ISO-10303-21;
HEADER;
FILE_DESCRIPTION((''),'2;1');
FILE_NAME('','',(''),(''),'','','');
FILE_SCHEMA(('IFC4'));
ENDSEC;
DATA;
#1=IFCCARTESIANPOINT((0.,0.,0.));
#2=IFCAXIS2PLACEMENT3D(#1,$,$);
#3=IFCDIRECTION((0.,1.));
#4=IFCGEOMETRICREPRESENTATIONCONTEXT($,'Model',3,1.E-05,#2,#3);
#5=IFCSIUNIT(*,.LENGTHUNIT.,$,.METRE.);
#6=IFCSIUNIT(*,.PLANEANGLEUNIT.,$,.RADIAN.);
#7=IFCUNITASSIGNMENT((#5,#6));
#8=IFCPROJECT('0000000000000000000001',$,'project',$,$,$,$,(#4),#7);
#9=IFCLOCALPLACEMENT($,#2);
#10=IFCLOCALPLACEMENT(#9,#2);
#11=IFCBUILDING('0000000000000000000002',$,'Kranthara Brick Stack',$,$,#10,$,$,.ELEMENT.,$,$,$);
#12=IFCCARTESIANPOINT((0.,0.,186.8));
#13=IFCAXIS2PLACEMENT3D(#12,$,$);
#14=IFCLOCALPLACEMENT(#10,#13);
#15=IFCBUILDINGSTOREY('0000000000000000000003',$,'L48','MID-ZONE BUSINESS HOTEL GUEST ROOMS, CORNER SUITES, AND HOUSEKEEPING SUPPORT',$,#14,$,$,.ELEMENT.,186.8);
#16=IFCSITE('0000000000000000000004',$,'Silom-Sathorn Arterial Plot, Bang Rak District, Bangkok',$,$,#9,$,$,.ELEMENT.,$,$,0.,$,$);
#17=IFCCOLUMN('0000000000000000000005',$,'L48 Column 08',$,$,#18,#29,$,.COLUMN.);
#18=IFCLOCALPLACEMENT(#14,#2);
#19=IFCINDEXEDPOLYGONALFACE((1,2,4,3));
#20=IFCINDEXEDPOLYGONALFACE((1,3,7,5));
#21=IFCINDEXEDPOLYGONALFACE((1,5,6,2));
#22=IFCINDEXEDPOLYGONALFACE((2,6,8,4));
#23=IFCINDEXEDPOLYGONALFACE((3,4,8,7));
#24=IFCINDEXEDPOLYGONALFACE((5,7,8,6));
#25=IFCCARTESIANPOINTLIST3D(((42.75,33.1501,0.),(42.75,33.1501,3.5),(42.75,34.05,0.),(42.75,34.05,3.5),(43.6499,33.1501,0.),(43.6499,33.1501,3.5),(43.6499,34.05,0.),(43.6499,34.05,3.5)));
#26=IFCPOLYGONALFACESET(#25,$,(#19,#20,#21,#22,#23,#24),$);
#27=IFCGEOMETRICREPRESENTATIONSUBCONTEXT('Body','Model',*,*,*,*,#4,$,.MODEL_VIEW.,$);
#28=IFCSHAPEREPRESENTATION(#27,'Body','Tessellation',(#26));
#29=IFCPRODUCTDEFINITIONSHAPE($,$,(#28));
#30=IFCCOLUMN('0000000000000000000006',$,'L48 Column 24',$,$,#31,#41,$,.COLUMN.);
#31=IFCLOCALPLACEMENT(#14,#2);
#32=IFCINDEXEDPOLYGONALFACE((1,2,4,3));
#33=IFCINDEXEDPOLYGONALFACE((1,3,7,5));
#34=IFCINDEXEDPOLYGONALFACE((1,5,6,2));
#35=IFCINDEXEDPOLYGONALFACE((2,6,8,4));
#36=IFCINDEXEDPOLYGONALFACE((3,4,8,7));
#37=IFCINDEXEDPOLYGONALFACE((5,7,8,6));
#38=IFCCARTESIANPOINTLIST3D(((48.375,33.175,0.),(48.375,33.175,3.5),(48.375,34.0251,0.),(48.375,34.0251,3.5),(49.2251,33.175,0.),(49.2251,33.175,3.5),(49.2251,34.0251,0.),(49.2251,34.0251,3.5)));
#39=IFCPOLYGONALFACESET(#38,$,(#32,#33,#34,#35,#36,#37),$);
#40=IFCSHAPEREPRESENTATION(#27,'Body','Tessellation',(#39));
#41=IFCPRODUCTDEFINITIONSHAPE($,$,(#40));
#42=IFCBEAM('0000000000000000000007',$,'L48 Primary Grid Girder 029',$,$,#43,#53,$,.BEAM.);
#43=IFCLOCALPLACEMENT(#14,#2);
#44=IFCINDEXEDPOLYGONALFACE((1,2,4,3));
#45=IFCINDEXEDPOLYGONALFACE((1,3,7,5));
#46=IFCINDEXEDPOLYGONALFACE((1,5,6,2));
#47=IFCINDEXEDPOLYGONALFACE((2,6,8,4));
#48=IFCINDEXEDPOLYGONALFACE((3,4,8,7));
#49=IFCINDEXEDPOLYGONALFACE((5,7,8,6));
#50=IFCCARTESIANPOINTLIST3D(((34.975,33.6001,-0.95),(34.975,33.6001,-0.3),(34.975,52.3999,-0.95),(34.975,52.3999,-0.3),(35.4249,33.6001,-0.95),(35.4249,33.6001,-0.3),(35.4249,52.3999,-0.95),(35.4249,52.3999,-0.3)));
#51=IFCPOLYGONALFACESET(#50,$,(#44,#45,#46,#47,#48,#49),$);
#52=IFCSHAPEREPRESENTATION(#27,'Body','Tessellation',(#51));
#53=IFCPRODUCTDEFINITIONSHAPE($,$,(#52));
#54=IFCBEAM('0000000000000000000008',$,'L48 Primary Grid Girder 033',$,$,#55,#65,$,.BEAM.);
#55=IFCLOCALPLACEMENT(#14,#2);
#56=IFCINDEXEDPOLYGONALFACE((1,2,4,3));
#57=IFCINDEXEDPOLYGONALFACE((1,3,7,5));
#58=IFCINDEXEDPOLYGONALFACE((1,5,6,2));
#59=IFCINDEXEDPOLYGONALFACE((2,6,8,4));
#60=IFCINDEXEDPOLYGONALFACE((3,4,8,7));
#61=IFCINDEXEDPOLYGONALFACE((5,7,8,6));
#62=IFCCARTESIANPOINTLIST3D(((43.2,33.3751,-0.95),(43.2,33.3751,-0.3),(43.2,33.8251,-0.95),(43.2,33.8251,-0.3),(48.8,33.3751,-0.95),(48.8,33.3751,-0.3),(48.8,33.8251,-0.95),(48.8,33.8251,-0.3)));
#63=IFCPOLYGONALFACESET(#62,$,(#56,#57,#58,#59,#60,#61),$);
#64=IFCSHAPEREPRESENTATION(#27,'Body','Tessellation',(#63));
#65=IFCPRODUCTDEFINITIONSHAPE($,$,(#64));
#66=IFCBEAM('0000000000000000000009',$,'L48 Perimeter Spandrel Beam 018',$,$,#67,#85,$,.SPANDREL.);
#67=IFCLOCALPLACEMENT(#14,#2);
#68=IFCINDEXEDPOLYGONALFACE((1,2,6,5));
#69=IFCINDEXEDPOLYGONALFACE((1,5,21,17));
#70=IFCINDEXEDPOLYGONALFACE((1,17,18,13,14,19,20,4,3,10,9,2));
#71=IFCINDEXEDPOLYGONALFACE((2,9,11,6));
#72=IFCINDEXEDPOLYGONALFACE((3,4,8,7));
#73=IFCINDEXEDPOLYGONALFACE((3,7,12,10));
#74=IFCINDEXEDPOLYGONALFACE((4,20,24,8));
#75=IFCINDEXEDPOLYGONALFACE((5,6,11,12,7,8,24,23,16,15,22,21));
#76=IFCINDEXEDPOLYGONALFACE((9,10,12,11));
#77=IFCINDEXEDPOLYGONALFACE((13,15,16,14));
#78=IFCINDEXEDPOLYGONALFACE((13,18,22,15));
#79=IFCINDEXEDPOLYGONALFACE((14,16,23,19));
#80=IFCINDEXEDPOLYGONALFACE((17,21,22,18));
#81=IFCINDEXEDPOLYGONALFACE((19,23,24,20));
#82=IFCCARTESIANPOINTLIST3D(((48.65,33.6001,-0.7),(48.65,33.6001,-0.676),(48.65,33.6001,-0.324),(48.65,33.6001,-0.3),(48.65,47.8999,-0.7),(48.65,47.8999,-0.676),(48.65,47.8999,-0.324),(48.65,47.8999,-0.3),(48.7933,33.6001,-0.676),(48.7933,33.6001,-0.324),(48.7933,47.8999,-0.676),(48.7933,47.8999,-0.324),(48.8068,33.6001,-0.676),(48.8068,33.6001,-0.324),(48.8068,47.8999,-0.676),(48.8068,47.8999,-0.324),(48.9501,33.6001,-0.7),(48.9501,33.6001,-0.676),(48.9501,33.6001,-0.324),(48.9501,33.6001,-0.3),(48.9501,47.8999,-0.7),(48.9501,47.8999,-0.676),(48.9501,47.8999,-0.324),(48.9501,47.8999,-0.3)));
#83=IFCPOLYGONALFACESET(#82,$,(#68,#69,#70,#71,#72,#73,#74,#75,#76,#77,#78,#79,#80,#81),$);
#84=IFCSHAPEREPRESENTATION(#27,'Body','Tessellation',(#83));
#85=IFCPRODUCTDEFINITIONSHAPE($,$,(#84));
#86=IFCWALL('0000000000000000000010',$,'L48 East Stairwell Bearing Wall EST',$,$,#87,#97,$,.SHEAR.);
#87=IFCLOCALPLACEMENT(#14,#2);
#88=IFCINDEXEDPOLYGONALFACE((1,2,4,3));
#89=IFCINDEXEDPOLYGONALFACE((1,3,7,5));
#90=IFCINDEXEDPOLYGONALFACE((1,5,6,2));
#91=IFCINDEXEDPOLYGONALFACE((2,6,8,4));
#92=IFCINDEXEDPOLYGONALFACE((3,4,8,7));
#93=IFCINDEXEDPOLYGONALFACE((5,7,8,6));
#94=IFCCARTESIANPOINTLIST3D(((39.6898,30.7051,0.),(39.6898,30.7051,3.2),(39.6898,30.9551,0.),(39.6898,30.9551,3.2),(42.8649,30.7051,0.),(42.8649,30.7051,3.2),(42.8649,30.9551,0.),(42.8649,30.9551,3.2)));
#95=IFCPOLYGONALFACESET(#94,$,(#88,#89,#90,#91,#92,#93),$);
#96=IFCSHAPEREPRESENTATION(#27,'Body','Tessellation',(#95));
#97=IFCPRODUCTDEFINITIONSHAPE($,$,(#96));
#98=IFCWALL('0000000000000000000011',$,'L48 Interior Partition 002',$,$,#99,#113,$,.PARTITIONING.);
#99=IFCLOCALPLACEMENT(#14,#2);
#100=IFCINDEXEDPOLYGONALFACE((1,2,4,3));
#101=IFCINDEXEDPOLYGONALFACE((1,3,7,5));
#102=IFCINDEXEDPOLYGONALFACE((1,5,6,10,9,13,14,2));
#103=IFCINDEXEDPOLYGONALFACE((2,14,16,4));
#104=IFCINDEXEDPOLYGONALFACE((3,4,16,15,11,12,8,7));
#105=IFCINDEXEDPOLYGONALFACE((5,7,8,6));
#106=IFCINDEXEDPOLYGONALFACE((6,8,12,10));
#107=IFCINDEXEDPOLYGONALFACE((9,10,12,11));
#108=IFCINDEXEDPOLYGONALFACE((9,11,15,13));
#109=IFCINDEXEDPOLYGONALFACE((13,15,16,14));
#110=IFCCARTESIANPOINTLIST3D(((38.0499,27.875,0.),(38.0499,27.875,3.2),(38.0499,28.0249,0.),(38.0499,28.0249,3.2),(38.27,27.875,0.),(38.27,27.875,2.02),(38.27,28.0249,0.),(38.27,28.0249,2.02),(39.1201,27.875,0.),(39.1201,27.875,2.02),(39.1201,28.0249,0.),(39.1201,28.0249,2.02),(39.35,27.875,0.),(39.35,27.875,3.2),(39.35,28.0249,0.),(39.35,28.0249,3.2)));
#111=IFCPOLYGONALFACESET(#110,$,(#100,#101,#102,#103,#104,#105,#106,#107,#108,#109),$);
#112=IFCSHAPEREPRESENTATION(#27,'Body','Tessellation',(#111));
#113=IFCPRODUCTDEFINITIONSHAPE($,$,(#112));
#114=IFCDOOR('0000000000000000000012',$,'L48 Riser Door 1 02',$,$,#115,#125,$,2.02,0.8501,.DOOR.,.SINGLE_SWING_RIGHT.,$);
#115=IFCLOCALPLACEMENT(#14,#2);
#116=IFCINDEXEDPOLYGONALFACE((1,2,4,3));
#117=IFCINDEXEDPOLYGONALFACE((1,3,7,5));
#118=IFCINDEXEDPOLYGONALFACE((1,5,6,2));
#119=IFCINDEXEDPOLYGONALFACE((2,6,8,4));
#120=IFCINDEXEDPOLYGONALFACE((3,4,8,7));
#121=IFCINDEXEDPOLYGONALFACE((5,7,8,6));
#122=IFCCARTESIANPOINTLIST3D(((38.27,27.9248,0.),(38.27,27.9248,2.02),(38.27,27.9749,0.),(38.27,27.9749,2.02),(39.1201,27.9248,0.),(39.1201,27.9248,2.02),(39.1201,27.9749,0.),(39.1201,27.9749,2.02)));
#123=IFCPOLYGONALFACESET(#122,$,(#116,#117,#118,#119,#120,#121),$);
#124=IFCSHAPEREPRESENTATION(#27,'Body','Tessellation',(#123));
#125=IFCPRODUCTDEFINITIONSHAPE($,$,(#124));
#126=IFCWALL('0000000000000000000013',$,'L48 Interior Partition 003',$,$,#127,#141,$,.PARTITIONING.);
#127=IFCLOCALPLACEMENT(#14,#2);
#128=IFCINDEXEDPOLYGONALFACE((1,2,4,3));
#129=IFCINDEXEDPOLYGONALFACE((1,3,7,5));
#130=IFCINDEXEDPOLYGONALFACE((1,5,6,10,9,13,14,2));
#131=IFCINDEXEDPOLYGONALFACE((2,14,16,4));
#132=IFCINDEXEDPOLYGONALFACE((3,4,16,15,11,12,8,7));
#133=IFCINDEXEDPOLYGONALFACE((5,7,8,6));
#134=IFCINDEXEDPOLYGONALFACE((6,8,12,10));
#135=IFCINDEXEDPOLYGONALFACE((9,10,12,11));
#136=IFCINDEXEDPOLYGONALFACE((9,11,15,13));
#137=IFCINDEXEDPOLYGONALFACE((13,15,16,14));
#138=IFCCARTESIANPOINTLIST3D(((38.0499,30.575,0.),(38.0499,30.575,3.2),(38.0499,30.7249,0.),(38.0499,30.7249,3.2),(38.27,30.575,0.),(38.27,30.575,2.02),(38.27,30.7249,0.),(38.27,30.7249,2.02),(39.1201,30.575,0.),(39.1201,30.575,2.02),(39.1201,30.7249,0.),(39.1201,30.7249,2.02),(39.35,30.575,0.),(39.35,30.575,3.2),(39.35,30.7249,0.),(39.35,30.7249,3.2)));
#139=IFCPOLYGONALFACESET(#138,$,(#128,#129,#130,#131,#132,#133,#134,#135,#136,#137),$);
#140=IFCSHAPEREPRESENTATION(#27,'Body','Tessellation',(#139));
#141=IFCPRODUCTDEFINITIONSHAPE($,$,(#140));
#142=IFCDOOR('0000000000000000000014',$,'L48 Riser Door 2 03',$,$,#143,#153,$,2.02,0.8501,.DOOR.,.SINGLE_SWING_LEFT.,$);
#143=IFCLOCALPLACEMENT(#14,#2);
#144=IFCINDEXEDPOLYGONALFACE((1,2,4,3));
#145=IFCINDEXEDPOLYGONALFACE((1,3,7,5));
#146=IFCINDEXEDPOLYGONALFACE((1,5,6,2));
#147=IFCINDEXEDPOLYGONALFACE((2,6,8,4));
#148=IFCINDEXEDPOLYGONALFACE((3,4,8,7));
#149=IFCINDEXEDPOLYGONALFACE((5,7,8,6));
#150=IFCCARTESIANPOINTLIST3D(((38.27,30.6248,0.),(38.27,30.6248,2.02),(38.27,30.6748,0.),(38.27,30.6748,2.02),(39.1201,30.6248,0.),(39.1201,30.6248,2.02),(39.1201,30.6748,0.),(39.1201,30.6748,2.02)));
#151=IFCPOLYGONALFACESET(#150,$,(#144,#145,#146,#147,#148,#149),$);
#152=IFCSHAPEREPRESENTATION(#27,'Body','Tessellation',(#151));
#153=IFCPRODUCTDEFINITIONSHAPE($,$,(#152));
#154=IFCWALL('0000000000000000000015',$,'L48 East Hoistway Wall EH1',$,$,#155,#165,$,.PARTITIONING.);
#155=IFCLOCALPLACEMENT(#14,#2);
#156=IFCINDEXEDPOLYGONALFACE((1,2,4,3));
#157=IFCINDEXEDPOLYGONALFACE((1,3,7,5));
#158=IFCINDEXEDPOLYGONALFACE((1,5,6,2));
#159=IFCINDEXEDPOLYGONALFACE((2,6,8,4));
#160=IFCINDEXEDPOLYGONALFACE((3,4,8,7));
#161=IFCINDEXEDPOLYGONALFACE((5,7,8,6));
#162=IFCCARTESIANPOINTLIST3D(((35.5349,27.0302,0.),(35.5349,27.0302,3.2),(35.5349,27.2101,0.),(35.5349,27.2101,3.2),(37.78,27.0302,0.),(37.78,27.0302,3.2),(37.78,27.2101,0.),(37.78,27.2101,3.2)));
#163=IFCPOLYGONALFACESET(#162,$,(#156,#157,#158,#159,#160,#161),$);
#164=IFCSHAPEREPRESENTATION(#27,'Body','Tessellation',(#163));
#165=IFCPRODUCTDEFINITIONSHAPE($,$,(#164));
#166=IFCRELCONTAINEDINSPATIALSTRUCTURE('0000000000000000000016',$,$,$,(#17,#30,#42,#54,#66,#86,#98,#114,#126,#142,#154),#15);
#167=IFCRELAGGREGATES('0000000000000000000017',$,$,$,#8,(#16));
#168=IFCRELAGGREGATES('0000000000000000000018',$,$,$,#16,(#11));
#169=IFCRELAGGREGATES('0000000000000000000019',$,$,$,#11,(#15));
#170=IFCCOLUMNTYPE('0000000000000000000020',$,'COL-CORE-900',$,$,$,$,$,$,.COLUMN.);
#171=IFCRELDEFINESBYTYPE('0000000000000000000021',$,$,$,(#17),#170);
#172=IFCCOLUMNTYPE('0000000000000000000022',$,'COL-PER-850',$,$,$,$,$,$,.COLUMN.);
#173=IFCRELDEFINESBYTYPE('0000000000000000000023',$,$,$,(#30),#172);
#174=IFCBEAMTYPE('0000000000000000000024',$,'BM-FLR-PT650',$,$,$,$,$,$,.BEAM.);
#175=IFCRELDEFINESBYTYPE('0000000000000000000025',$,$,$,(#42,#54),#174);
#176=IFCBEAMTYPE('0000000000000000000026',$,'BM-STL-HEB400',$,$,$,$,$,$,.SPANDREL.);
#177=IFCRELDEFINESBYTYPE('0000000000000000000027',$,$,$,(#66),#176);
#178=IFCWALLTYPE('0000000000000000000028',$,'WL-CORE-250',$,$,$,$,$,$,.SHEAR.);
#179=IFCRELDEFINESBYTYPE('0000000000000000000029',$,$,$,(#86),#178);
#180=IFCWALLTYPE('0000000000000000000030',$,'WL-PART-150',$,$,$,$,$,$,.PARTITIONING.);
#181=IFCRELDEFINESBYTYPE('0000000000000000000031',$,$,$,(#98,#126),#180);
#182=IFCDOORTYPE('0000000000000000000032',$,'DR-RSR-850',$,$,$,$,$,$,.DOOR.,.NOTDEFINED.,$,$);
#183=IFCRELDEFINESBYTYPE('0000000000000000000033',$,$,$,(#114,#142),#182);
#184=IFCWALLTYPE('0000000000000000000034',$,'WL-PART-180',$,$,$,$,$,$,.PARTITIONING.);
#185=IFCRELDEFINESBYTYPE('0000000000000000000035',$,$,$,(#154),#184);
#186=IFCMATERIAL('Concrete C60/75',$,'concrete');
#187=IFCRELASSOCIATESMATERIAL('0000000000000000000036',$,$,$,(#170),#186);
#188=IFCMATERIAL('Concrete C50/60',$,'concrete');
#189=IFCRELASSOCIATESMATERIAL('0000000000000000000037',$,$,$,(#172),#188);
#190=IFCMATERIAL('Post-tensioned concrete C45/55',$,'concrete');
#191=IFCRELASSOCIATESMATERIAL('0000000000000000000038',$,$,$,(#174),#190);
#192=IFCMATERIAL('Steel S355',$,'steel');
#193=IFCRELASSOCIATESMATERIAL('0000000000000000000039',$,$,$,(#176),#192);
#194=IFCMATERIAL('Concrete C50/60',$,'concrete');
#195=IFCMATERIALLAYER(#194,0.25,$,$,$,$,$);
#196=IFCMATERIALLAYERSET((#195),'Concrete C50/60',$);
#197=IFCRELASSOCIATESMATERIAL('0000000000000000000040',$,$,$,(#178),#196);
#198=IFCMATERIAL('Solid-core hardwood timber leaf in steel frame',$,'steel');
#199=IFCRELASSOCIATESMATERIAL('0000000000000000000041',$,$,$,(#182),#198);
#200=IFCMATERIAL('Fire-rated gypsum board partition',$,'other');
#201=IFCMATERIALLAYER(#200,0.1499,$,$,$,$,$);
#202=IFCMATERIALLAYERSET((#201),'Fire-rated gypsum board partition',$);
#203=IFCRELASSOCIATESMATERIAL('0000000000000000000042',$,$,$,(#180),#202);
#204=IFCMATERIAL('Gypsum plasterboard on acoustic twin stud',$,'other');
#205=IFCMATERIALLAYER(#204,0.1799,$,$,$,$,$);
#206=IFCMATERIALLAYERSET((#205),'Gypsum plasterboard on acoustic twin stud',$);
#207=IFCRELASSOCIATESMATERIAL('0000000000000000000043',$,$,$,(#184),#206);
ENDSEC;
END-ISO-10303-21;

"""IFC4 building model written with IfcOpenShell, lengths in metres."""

from ifc_helpers import new_model, si_unit, direction, frame, frame_2d, origin, origin_2d, place, context, subcontext, project, spatial, rectangle, i_section, extrude, material, layer, layer_set, material_profile, profile_set, type_object, element, fill, save


model = new_model("IFC4")

# Units and contexts
model_context = context("Model", 3, precision=1e-05, world=origin(), true_north=direction((0.0, 1.0)))
body_context = subcontext(model_context, "Body", "Model", "MODEL_VIEW")
ifc_project = project(units=[si_unit("LENGTHUNIT", "METRE"), si_unit("PLANEANGLEUNIT", "RADIAN")], contexts=[model_context])

# Site, building, storey
site_placement = place(None, origin())
site = spatial("IfcSite", under=ifc_project, at=site_placement, Name="Silom-Sathorn Arterial Plot, Bang Rak District, Bangkok", CompositionType="ELEMENT", RefElevation=0.0)
building_placement = place(site_placement, origin())
building = spatial("IfcBuilding", under=site, at=building_placement, Name="Kranthara Brick Stack", CompositionType="ELEMENT")
storey_placement = place(building_placement, frame((0.0, 0.0, 186.8)))
storey = spatial("IfcBuildingStorey", under=building, at=storey_placement, Name="L48", Description="MID-ZONE BUSINESS HOTEL GUEST ROOMS, CORNER SUITES, AND HOUSEKEEPING SUPPORT", CompositionType="ELEMENT", Elevation=186.8)

# Columns
ifc_material_1 = material(Name="Concrete C60/75", Category="concrete")
ifc_material_profile_1 = material_profile(ifc_material_1, rectangle(XDim=0.8999, YDim=0.8999, at=origin_2d()), Name="RC 900x900")
ifc_profile_set_1 = profile_set([ifc_material_profile_1], Name="Concrete C60/75")
column_type_1 = type_object("IfcColumnType", Name="COL-CORE-900", PredefinedType="COLUMN", material=ifc_profile_set_1)
column_1_placement = place(storey_placement, frame((43.2, 33.6001, 0.0), z_axis=(0.0, 0.0, 1.0), x_axis=(1.0, 0.0, 0.0)))
element("IfcColumn", 1, at=column_1_placement, inside=storey, type_object=column_type_1, Name="L48 Column 08", PredefinedType="COLUMN", context=body_context, shape_type="SweptSolid", body=[
    extrude(rectangle(XDim=0.8999, YDim=0.8999, at=origin_2d()), origin(), (0.0, 0.0, 1.0), 3.5),
])
ifc_material_2 = material(Name="Concrete C50/60", Category="concrete")
ifc_material_profile_2 = material_profile(ifc_material_2, rectangle(XDim=0.8501, YDim=0.8501, at=origin_2d()), Name="RC 850x850")
ifc_profile_set_2 = profile_set([ifc_material_profile_2], Name="Concrete C50/60")
column_type_2 = type_object("IfcColumnType", Name="COL-PER-850", PredefinedType="COLUMN", material=ifc_profile_set_2)
column_2_placement = place(storey_placement, frame((48.8, 33.6001, 0.0), z_axis=(0.0, 0.0, 1.0), x_axis=(1.0, 0.0, 0.0)))
element("IfcColumn", 2, at=column_2_placement, inside=storey, type_object=column_type_2, Name="L48 Column 24", PredefinedType="COLUMN", context=body_context, shape_type="SweptSolid", body=[
    extrude(rectangle(XDim=0.8501, YDim=0.8501, at=origin_2d()), origin(), (0.0, 0.0, 1.0), 3.5),
])

# Beams
ifc_material_3 = material(Name="Post-tensioned concrete C45/55", Category="concrete")
ifc_material_profile_3 = material_profile(ifc_material_3, rectangle(XDim=0.45, YDim=0.6499, at=origin_2d()), Name="PT 450x650")
ifc_profile_set_3 = profile_set([ifc_material_profile_3], Name="Post-tensioned concrete C45/55")
beam_type_1 = type_object("IfcBeamType", Name="BM-FLR-PT650", PredefinedType="BEAM", material=ifc_profile_set_3)
beam_1_placement = place(storey_placement, frame((35.2, 33.6001, -0.625), z_axis=(0.0, 1.0, 0.0), x_axis=(-1.0, 0.0, 0.0)))
element("IfcBeam", 3, at=beam_1_placement, inside=storey, type_object=beam_type_1, Name="L48 Primary Grid Girder 029", PredefinedType="BEAM", context=body_context, shape_type="SweptSolid", body=[
    extrude(rectangle(XDim=0.45, YDim=0.6499, at=origin_2d()), origin(), (0.0, 0.0, 1.0), 18.7998),
])
beam_2_placement = place(storey_placement, frame((43.2, 33.6001, -0.625), z_axis=(1.0, 0.0, 0.0), x_axis=(0.0, 1.0, 0.0)))
element("IfcBeam", 4, at=beam_2_placement, inside=storey, type_object=beam_type_1, Name="L48 Primary Grid Girder 033", PredefinedType="BEAM", context=body_context, shape_type="SweptSolid", body=[
    extrude(rectangle(XDim=0.45, YDim=0.6499, at=origin_2d()), origin(), (0.0, 0.0, 1.0), 5.6001),
])
ifc_material_4 = material(Name="Steel S355", Category="steel")
ifc_material_profile_4 = material_profile(ifc_material_4, i_section(OverallWidth=0.3, OverallDepth=0.3999, WebThickness=0.0134, FlangeThickness=0.0239, at=origin_2d()), Name="HEB 400")
ifc_profile_set_4 = profile_set([ifc_material_profile_4], Name="Steel S355")
beam_type_2 = type_object("IfcBeamType", Name="BM-STL-HEB400", PredefinedType="SPANDREL", material=ifc_profile_set_4)
beam_3_placement = place(storey_placement, frame((48.8, 33.6001, -0.5), z_axis=(0.0, 1.0, 0.0), x_axis=(-1.0, 0.0, 0.0)))
element("IfcBeam", 5, at=beam_3_placement, inside=storey, type_object=beam_type_2, Name="L48 Perimeter Spandrel Beam 018", PredefinedType="SPANDREL", context=body_context, shape_type="SweptSolid", body=[
    extrude(i_section(OverallWidth=0.3, OverallDepth=0.3999, WebThickness=0.0134, FlangeThickness=0.0239, at=origin_2d()), origin(), (0.0, 0.0, 1.0), 14.2998),
])

# Wall
ifc_material_5 = material(Name="Concrete C50/60", Category="concrete")
ifc_layer_1 = layer(ifc_material_5, 0.25)
ifc_layer_set_1 = layer_set([ifc_layer_1], Name="Concrete C50/60")
wall_type_1 = type_object("IfcWallType", Name="WL-CORE-250", PredefinedType="SHEAR", material=ifc_layer_set_1)
wall_1_placement = place(storey_placement, frame((39.6899, 30.8301, 0.0), z_axis=(0.0, 0.0, 1.0), x_axis=(1.0, 0.0, 0.0)))
element("IfcWall", 6, at=wall_1_placement, inside=storey, type_object=wall_type_1, Name="L48 East Stairwell Bearing Wall EST", PredefinedType="SHEAR", context=body_context, shape_type="SweptSolid", body=[
    extrude(rectangle(XDim=3.175, YDim=0.25, at=frame_2d((1.5874, 0.0))), origin(), (0.0, 0.0, 1.0), 3.2),
])

# Shared definitions
ifc_material_6 = material(Name="Solid-core hardwood timber leaf in steel frame", Category="steel")
door_type_1 = type_object("IfcDoorType", Name="DR-RSR-850", OperationType="NOTDEFINED", PredefinedType="DOOR", material=ifc_material_6)

# Walls, openings, doors
ifc_material_7 = material(Name="Fire-rated gypsum board partition", Category="other")
ifc_layer_2 = layer(ifc_material_7, 0.1499)
ifc_layer_set_2 = layer_set([ifc_layer_2], Name="Fire-rated gypsum board partition")
wall_type_2 = type_object("IfcWallType", Name="WL-PART-150", PredefinedType="PARTITIONING", material=ifc_layer_set_2)
wall_2_placement = place(storey_placement, frame((38.05, 27.95, 0.0), z_axis=(0.0, 0.0, 1.0), x_axis=(1.0, 0.0, 0.0)))
wall_2 = element("IfcWall", 7, at=wall_2_placement, inside=storey, type_object=wall_type_2, Name="L48 Interior Partition 002", PredefinedType="PARTITIONING", context=body_context, shape_type="SweptSolid", body=[
    extrude(rectangle(XDim=1.3, YDim=0.1499, at=frame_2d((0.6499, 0.0))), origin(), (0.0, 0.0, 1.0), 3.2),
])
opening_1_placement = place(wall_2_placement, frame((0.22, 0.0, 0.0)))
opening_1 = element("IfcOpeningElement", 8, at=opening_1_placement, cuts=wall_2, PredefinedType="OPENING", context=body_context, shape_type="SweptSolid", body=[
    extrude(rectangle(XDim=0.8501, YDim=2.02, at=frame_2d((0.425, 1.01))), frame((0.0, 0.085, 0.0), z_axis=(0.0, -1.0, 0.0), x_axis=(1.0, 0.0, 0.0)), (0.0, 0.0, 1.0), 0.1699),
])
door_1_placement = place(opening_1_placement, origin())
door_1 = element("IfcDoor", 9, at=door_1_placement, inside=storey, type_object=door_type_1, Name="L48 Riser Door 1 02", OperationType="SINGLE_SWING_RIGHT", OverallHeight=2.02, OverallWidth=0.8501, PredefinedType="DOOR", context=body_context, shape_type="SweptSolid", body=[
    extrude(rectangle(XDim=0.8501, YDim=2.02, at=frame_2d((0.425, 1.01))), frame((0.0, 0.0249, 0.0), z_axis=(0.0, -1.0, 0.0), x_axis=(1.0, 0.0, 0.0)), (0.0, 0.0, 1.0), 0.05),
])
fill(opening_1, door_1)
wall_3_placement = place(storey_placement, frame((38.05, 30.6499, 0.0), z_axis=(0.0, 0.0, 1.0), x_axis=(1.0, 0.0, 0.0)))
wall_3 = element("IfcWall", 10, at=wall_3_placement, inside=storey, type_object=wall_type_2, Name="L48 Interior Partition 003", PredefinedType="PARTITIONING", context=body_context, shape_type="SweptSolid", body=[
    extrude(rectangle(XDim=1.3, YDim=0.1499, at=frame_2d((0.6499, 0.0))), origin(), (0.0, 0.0, 1.0), 3.2),
])
opening_2_placement = place(wall_3_placement, frame((0.22, 0.0, 0.0)))
opening_2 = element("IfcOpeningElement", 11, at=opening_2_placement, cuts=wall_3, PredefinedType="OPENING", context=body_context, shape_type="SweptSolid", body=[
    extrude(rectangle(XDim=0.8501, YDim=2.02, at=frame_2d((0.425, 1.01))), frame((0.0, 0.085, 0.0), z_axis=(0.0, -1.0, 0.0), x_axis=(1.0, 0.0, 0.0)), (0.0, 0.0, 1.0), 0.1699),
])
door_2_placement = place(opening_2_placement, origin())
door_2 = element("IfcDoor", 12, at=door_2_placement, inside=storey, type_object=door_type_1, Name="L48 Riser Door 2 03", OperationType="SINGLE_SWING_LEFT", OverallHeight=2.02, OverallWidth=0.8501, PredefinedType="DOOR", context=body_context, shape_type="SweptSolid", body=[
    extrude(rectangle(XDim=0.8501, YDim=2.02, at=frame_2d((0.425, 1.01))), frame((0.0, 0.0249, 0.0), z_axis=(0.0, -1.0, 0.0), x_axis=(1.0, 0.0, 0.0)), (0.0, 0.0, 1.0), 0.05),
])
fill(opening_2, door_2)

# Wall
ifc_material_8 = material(Name="Gypsum plasterboard on acoustic twin stud", Category="other")
ifc_layer_3 = layer(ifc_material_8, 0.1799)
ifc_layer_set_3 = layer_set([ifc_layer_3], Name="Gypsum plasterboard on acoustic twin stud")
wall_type_3 = type_object("IfcWallType", Name="WL-PART-180", PredefinedType="PARTITIONING", material=ifc_layer_set_3)
for number, where, z_axis, x_axis, name in (
    (13, (35.5349, 27.1201, 0.0), (0.0, 0.0, 1.0), (1.0, 0.0, 0.0), "L48 East Hoistway Wall EH1"),
):
    element("IfcWall", number, at=place(storey_placement, frame(where, z_axis=z_axis, x_axis=x_axis)), inside=storey, type_object=wall_type_3, Name=name, PredefinedType="PARTITIONING", context=body_context, shape_type="SweptSolid", body=[
        extrude(rectangle(XDim=2.2451, YDim=0.1799, at=frame_2d((1.1226, 0.0))), origin(), (0.0, 0.0, 1.0), 3.2),
    ])

save(model, "model.ifc")
